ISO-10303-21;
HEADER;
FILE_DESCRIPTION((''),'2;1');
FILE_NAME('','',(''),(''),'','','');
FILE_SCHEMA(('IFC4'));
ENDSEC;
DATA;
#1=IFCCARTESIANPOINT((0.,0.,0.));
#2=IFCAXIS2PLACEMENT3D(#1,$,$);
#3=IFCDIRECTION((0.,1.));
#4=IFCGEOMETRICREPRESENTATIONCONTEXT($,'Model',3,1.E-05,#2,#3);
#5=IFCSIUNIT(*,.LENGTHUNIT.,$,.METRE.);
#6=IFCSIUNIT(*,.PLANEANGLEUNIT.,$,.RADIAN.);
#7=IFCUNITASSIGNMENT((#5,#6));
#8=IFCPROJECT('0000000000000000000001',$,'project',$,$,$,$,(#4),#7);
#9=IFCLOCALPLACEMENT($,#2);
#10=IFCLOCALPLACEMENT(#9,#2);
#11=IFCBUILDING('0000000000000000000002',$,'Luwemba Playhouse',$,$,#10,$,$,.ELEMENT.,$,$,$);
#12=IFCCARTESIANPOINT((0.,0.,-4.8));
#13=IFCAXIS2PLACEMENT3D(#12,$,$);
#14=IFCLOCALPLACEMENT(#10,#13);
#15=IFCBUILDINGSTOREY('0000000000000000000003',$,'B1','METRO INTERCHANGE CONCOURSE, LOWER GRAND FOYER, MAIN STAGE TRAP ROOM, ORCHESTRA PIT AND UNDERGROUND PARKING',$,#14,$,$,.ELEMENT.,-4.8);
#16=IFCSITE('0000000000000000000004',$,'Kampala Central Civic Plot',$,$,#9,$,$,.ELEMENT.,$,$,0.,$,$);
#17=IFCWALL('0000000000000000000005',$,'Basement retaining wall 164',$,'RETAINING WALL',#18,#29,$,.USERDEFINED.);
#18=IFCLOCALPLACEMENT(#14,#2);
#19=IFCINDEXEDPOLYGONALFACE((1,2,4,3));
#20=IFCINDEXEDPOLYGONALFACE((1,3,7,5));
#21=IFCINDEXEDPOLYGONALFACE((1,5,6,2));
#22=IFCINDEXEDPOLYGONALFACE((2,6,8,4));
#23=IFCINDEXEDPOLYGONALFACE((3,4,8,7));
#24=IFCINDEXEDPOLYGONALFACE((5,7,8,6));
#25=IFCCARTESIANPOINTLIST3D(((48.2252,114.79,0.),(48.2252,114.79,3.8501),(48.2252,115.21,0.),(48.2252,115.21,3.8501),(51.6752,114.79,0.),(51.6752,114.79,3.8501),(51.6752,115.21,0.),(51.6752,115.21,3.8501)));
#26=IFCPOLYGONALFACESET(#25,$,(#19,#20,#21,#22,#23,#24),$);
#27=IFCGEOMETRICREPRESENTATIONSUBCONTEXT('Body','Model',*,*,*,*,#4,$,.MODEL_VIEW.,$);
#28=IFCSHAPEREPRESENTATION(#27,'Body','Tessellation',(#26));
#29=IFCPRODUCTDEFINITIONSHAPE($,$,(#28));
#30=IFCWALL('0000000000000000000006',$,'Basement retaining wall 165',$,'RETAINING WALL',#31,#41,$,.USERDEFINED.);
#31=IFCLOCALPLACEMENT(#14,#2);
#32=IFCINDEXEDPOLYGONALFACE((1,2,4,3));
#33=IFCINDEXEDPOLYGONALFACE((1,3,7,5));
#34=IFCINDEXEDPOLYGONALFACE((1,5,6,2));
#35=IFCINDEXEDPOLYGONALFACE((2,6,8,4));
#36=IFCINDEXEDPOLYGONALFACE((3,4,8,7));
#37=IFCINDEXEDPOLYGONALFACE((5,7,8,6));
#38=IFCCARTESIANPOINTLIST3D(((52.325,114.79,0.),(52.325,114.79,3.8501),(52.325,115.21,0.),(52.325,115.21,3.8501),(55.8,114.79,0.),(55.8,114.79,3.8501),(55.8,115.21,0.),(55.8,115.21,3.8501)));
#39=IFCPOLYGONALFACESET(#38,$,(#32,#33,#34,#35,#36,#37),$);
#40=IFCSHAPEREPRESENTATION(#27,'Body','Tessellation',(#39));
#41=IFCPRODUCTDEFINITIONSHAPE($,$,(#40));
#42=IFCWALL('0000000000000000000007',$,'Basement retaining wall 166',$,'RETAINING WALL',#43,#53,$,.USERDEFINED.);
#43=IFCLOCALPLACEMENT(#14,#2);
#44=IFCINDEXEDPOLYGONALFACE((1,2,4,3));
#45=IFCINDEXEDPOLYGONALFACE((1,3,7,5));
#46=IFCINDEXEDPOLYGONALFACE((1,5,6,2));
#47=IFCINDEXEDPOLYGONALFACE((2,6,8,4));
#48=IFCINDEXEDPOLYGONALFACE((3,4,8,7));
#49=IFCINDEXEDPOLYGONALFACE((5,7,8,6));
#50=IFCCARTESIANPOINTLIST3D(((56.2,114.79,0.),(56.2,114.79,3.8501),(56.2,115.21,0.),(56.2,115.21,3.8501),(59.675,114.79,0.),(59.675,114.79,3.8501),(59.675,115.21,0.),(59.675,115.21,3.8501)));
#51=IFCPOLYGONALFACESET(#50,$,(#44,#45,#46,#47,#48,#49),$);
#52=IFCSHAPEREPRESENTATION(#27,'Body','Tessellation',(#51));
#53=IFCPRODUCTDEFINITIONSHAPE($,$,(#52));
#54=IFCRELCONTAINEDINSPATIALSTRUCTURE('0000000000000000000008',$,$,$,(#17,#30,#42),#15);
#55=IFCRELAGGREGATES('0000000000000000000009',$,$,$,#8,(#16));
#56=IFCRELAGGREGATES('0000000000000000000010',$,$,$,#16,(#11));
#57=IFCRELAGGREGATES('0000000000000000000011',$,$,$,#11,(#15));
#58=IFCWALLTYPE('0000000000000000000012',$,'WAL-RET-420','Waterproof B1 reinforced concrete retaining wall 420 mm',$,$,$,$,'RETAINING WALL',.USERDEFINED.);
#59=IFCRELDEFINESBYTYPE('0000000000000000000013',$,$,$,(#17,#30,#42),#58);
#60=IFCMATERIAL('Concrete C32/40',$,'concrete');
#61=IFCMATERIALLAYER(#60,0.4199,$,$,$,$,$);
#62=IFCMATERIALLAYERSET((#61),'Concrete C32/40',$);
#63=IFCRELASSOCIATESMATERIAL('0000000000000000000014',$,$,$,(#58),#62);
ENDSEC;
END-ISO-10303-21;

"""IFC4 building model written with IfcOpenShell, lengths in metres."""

from ifc_helpers import new_model, si_unit, direction, frame, frame_2d, origin, place, context, subcontext, project, spatial, rectangle, extrude, material, layer, layer_set, type_object, element, save


model = new_model("IFC4")

# Units and contexts
model_context = context("Model", 3, precision=1e-05, world=origin(), true_north=direction((0.0, 1.0)))
body_context = subcontext(model_context, "Body", "Model", "MODEL_VIEW")
ifc_project = project(units=[si_unit("LENGTHUNIT", "METRE"), si_unit("PLANEANGLEUNIT", "RADIAN")], contexts=[model_context])

# Site, building, storey
site_placement = place(None, origin())
site = spatial("IfcSite", under=ifc_project, at=site_placement, Name="Kampala Central Civic Plot", CompositionType="ELEMENT", RefElevation=0.0)
building_placement = place(site_placement, origin())
building = spatial("IfcBuilding", under=site, at=building_placement, Name="Luwemba Playhouse", CompositionType="ELEMENT")
storey_placement = place(building_placement, frame((0.0, 0.0, -4.8)))
storey = spatial("IfcBuildingStorey", under=building, at=storey_placement, Name="B1", Description="METRO INTERCHANGE CONCOURSE, LOWER GRAND FOYER, MAIN STAGE TRAP ROOM, ORCHESTRA PIT AND UNDERGROUND PARKING", CompositionType="ELEMENT", Elevation=-4.8)

# Shared definitions
ifc_material_1 = material(Name="Concrete C32/40", Category="concrete")

# Walls
ifc_layer_1 = layer(ifc_material_1, 0.4199)
ifc_layer_set_1 = layer_set([ifc_layer_1], Name="Concrete C32/40")
wall_type = type_object("IfcWallType", Name="WAL-RET-420", Description="Waterproof B1 reinforced concrete retaining wall 420 mm", ElementType="RETAINING WALL", PredefinedType="USERDEFINED", material=ifc_layer_set_1)
wall_placement = place(storey_placement, frame((48.2251, 115.0, 0.0), z_axis=(0.0, 0.0, 1.0), x_axis=(1.0, 0.0, 0.0)))
element("IfcWall", 1, at=wall_placement, inside=storey, type_object=wall_type, Name="Basement retaining wall 164", ObjectType="RETAINING WALL", PredefinedType="USERDEFINED", context=body_context, shape_type="SweptSolid", body=[
    extrude(rectangle(XDim=3.45, YDim=0.4199, at=frame_2d((1.7251, 0.0))), origin(), (0.0, 0.0, 1.0), 3.8501),
])
for number, where, z_axis, x_axis, name in (
    (2, (52.325, 115.0, 0.0), (0.0, 0.0, 1.0), (1.0, 0.0, 0.0), "Basement retaining wall 165"),
    (3, (56.2, 115.0, 0.0), (0.0, 0.0, 1.0), (1.0, 0.0, 0.0), "Basement retaining wall 166"),
):
    element("IfcWall", number, at=place(storey_placement, frame(where, z_axis=z_axis, x_axis=x_axis)), inside=storey, type_object=wall_type, Name=name, ObjectType="RETAINING WALL", PredefinedType="USERDEFINED", context=body_context, shape_type="SweptSolid", body=[
        extrude(rectangle(XDim=3.4751, YDim=0.4199, at=frame_2d((1.7375, 0.0))), origin(), (0.0, 0.0, 1.0), 3.8501),
    ])

save(model, "model.ifc")
